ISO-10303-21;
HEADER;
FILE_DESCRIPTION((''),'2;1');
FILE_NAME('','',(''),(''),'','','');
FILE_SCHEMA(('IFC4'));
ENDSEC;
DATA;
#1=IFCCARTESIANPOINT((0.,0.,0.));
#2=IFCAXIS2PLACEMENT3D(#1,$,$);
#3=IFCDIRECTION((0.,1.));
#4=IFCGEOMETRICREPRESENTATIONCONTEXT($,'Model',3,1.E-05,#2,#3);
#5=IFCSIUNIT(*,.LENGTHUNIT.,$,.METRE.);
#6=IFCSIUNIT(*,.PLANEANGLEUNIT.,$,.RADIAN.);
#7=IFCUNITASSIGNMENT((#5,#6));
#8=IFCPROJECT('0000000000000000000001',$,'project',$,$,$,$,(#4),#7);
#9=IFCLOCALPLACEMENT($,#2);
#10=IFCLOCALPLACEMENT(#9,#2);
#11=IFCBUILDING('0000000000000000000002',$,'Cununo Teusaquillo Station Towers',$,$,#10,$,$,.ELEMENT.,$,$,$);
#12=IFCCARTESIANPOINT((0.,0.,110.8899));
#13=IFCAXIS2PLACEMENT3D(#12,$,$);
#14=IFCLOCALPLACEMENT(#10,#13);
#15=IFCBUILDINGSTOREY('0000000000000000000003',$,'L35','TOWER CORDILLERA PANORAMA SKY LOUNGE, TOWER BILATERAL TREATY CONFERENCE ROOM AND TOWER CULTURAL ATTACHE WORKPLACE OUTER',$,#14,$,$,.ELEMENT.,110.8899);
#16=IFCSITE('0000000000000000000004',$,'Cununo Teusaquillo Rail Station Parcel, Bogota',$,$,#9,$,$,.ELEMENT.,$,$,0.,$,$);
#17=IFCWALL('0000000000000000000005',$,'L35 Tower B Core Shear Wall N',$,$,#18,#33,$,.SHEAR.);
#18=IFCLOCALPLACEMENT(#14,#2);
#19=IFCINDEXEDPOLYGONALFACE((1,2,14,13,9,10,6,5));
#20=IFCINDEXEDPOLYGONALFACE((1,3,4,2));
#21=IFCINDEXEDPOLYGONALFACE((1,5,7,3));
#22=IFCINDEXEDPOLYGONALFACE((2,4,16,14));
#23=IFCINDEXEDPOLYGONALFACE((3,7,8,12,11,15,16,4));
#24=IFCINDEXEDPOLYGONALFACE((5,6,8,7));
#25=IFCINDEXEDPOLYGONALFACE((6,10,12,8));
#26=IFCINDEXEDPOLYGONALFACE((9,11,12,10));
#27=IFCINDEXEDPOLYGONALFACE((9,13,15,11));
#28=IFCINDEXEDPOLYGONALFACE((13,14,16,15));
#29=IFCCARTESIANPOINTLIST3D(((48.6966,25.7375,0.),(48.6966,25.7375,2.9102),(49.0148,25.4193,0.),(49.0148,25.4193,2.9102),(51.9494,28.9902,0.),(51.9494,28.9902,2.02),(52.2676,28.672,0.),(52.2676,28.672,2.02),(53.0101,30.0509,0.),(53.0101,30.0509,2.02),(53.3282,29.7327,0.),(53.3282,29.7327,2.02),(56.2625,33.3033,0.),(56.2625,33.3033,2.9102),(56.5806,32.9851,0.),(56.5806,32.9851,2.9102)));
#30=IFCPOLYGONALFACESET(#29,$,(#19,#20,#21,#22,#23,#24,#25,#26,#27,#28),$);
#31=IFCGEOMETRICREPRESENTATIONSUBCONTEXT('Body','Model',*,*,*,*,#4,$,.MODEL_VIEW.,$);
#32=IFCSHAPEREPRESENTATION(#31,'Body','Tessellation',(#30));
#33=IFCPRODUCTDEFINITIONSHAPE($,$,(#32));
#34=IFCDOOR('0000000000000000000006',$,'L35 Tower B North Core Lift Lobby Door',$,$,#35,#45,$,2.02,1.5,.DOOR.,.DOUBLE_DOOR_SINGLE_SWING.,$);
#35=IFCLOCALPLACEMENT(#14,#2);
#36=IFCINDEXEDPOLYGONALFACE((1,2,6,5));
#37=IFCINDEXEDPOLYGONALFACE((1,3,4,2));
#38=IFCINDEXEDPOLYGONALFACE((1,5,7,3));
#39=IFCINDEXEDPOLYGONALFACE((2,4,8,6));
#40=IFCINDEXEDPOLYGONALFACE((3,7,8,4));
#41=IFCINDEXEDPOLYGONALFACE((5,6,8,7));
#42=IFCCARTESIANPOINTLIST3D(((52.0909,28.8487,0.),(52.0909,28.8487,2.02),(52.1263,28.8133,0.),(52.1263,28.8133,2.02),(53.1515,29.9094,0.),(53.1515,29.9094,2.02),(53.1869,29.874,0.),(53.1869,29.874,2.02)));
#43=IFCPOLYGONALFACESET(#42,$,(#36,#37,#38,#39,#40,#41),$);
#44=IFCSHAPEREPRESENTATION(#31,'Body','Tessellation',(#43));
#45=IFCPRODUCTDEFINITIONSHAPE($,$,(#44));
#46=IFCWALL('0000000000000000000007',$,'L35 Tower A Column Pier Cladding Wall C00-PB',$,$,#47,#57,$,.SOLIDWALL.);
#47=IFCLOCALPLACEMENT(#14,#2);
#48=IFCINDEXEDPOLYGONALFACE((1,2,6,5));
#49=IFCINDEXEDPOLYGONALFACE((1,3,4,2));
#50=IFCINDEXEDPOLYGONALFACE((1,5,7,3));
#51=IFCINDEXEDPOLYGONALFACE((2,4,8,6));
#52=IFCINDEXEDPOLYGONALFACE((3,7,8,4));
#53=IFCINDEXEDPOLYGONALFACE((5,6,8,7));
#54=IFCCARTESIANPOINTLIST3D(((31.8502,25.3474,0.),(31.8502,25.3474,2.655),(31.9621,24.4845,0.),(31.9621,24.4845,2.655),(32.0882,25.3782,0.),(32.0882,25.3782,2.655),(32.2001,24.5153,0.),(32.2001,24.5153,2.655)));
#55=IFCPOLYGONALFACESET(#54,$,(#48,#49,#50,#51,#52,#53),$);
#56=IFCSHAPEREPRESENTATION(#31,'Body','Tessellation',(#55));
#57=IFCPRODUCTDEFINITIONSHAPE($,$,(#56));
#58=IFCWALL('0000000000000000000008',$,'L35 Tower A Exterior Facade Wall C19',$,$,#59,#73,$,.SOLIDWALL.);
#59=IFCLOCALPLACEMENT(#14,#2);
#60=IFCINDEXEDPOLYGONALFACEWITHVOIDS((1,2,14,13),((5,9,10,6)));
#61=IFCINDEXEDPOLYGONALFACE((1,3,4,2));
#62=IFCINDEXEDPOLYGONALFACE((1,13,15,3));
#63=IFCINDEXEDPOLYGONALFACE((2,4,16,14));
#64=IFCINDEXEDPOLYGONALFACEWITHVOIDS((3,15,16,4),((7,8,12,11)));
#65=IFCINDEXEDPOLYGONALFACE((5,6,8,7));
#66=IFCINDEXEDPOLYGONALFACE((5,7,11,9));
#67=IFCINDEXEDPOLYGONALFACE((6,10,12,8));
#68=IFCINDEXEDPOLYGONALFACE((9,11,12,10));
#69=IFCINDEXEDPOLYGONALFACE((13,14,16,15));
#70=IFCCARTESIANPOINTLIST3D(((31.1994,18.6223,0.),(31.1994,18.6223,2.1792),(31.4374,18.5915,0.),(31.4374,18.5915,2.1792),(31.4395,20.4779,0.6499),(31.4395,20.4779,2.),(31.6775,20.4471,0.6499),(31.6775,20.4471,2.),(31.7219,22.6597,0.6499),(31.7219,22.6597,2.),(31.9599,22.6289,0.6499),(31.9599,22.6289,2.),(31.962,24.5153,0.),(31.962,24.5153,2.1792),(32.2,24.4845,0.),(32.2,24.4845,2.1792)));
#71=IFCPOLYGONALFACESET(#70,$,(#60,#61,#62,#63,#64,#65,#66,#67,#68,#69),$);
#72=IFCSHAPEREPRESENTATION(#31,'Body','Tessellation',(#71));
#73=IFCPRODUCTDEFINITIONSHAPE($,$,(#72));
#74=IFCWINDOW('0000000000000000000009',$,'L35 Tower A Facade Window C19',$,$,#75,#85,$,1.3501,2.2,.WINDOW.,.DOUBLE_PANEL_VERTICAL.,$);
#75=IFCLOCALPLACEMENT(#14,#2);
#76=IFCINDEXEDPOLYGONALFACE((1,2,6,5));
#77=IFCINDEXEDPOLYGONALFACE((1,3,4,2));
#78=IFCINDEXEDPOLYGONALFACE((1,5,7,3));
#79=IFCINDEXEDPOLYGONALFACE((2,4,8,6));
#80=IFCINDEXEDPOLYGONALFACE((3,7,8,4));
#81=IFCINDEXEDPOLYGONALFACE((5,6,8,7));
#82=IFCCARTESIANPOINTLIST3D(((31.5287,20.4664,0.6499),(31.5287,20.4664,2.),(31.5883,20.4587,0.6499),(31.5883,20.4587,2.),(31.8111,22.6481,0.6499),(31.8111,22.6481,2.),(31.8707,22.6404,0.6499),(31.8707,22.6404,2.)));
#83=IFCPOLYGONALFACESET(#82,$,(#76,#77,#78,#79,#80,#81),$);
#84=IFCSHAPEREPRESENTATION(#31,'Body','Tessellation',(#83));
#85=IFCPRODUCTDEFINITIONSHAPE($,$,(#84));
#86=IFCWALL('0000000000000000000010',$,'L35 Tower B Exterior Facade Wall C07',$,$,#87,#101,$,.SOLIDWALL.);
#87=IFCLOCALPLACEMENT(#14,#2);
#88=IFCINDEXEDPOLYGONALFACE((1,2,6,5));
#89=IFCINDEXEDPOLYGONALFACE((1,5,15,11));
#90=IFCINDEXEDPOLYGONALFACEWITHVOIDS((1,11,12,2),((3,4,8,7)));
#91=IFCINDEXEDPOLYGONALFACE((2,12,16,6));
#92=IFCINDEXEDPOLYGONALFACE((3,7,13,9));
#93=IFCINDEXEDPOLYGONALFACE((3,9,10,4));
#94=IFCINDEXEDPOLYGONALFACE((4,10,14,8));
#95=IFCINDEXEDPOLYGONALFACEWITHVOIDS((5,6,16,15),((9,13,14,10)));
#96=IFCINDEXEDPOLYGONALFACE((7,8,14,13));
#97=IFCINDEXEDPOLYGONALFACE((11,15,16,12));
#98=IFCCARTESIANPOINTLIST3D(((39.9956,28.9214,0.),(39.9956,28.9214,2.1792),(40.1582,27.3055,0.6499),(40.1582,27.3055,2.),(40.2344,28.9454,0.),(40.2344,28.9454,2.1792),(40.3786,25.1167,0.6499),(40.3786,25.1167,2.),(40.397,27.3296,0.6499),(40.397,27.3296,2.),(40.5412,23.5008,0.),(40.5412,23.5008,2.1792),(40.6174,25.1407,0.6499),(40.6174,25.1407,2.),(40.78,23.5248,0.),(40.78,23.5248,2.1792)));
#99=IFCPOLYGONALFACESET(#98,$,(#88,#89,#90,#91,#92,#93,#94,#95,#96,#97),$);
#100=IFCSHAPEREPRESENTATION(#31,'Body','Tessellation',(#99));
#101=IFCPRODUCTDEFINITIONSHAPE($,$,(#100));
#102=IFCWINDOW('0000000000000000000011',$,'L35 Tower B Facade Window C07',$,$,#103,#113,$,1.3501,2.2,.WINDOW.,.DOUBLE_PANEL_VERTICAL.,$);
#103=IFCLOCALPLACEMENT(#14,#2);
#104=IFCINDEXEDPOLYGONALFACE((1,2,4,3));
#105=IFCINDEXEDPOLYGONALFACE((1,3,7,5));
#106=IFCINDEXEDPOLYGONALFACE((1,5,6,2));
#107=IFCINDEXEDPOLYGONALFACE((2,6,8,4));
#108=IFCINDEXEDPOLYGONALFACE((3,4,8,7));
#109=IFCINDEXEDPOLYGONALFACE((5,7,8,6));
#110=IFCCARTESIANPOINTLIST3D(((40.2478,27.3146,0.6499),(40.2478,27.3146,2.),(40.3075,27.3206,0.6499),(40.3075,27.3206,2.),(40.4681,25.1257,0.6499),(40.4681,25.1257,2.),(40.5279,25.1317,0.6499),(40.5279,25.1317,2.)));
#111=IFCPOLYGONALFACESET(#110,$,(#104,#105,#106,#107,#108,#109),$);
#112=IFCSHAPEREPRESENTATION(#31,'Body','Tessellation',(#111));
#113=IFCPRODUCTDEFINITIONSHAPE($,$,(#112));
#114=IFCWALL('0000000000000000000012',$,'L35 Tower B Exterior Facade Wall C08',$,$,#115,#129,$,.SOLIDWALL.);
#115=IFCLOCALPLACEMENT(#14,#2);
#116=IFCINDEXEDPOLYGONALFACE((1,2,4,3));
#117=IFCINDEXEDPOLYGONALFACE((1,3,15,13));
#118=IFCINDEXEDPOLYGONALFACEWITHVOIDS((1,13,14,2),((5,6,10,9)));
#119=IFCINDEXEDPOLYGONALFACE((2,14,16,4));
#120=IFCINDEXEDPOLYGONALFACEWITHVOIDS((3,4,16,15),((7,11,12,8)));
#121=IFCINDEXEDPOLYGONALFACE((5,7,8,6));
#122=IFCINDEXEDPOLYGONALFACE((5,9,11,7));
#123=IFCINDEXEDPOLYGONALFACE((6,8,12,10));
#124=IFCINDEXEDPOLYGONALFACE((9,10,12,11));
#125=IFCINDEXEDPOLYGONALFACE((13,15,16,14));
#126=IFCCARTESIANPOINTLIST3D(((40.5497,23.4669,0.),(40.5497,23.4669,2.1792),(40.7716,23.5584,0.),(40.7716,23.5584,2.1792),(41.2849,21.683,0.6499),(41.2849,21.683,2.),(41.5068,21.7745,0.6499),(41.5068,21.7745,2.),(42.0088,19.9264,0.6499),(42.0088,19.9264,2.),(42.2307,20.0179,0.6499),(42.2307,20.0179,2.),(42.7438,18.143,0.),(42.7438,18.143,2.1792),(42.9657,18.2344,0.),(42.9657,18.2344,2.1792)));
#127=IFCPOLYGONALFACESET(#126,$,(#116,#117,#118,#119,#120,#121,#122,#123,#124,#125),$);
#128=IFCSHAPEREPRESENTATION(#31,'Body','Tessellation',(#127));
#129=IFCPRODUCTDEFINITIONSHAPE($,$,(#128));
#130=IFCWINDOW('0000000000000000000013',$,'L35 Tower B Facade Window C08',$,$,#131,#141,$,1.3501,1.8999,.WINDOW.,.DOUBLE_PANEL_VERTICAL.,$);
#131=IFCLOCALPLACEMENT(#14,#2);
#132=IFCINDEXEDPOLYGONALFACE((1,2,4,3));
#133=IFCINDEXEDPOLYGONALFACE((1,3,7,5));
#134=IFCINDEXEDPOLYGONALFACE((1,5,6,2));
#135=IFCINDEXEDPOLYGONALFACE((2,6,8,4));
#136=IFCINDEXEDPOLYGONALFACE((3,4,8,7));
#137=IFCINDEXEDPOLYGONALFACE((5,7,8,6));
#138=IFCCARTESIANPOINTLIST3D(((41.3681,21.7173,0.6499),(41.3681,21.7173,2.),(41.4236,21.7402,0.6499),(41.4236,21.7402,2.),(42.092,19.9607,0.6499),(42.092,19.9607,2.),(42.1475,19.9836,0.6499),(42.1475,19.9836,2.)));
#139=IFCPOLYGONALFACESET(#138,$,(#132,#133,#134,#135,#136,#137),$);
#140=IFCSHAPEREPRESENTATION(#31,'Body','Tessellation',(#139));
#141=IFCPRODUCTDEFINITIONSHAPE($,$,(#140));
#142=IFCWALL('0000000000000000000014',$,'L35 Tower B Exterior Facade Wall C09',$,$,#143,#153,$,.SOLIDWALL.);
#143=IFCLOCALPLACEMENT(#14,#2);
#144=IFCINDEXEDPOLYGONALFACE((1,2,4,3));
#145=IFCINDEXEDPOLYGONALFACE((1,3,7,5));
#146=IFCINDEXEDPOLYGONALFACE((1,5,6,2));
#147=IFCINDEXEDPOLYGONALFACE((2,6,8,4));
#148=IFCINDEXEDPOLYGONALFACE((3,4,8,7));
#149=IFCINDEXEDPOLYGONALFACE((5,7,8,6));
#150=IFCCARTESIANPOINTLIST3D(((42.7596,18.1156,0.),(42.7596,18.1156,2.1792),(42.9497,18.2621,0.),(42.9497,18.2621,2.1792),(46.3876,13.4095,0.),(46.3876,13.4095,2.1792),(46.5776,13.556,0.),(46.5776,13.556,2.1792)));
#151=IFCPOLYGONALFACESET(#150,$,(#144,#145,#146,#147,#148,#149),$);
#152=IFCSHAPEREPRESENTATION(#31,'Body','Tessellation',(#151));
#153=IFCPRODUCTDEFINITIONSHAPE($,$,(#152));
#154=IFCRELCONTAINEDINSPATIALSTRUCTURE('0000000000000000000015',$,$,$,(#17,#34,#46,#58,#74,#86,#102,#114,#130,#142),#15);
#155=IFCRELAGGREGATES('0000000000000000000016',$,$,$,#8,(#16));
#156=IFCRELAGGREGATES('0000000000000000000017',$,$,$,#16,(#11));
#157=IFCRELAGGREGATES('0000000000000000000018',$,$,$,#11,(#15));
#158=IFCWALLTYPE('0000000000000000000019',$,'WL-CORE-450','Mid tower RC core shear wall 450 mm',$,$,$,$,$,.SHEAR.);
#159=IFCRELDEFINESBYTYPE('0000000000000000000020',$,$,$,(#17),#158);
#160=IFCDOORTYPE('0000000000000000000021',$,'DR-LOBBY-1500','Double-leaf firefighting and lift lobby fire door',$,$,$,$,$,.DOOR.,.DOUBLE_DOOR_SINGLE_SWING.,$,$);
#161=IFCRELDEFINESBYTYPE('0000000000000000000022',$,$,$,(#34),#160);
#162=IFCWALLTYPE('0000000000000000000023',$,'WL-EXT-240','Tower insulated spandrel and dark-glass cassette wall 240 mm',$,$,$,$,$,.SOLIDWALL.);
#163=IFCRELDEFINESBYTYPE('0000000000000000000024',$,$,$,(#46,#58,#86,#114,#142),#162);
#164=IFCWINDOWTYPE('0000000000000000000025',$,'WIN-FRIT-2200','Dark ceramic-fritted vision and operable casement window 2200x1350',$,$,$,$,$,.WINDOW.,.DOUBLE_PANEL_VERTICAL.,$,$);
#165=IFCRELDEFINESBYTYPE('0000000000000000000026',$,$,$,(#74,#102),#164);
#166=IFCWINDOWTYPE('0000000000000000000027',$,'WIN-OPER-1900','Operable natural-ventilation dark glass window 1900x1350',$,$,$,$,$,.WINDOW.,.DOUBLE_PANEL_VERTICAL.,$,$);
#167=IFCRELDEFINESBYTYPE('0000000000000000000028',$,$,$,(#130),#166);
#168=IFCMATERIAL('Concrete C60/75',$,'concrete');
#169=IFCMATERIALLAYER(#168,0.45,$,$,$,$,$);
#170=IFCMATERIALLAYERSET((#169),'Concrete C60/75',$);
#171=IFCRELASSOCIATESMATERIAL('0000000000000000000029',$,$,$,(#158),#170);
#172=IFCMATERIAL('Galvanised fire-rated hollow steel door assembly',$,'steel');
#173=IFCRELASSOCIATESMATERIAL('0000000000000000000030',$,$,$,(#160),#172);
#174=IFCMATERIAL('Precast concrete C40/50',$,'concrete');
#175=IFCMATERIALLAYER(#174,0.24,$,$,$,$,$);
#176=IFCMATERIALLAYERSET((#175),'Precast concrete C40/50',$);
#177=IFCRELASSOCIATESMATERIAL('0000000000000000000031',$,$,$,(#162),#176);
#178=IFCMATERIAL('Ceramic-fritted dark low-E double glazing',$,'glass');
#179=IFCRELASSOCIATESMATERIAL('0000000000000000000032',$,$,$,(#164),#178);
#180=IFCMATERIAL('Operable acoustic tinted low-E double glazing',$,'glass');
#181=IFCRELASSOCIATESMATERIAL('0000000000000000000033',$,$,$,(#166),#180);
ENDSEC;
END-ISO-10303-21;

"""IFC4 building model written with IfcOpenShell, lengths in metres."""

from ifc_helpers import new_model, si_unit, direction, frame, frame_2d, origin, place, context, subcontext, project, spatial, rectangle, extrude, source, transform, mapped, material, layer, layer_set, type_object, element, fill, save


model = new_model("IFC4")

# Units and contexts
model_context = context("Model", 3, precision=1e-05, world=origin(), true_north=direction((0.0, 1.0)))
body_context = subcontext(model_context, "Body", "Model", "MODEL_VIEW")
ifc_project = project(units=[si_unit("LENGTHUNIT", "METRE"), si_unit("PLANEANGLEUNIT", "RADIAN")], contexts=[model_context])

# Site, building, storey
site_placement = place(None, origin())
site = spatial("IfcSite", under=ifc_project, at=site_placement, Name="Cununo Teusaquillo Rail Station Parcel, Bogota", CompositionType="ELEMENT", RefElevation=0.0)
building_placement = place(site_placement, origin())
building = spatial("IfcBuilding", under=site, at=building_placement, Name="Cununo Teusaquillo Station Towers", CompositionType="ELEMENT")
storey_placement = place(building_placement, frame((0.0, 0.0, 110.8899)))
storey = spatial("IfcBuildingStorey", under=building, at=storey_placement, Name="L35", Description="TOWER CORDILLERA PANORAMA SKY LOUNGE, TOWER BILATERAL TREATY CONFERENCE ROOM AND TOWER CULTURAL ATTACHE WORKPLACE OUTER", CompositionType="ELEMENT", Elevation=110.8899)

# Wall, opening, door
ifc_material_1 = material(Name="Concrete C60/75", Category="concrete")
ifc_layer_1 = layer(ifc_material_1, 0.45)
ifc_layer_set_1 = layer_set([ifc_layer_1], Name="Concrete C60/75")
wall_type_1 = type_object("IfcWallType", Name="WL-CORE-450", Description="Mid tower RC core shear wall 450 mm", PredefinedType="SHEAR", material=ifc_layer_set_1)
wall_1_placement = place(storey_placement, frame((48.8557, 25.5784, 0.0), z_axis=(0.0, 0.0, 1.0), x_axis=(0.707107, 0.707107, 0.0)))
wall_1 = element("IfcWall", 1, at=wall_1_placement, inside=storey, type_object=wall_type_1, Name="L35 Tower B Core Shear Wall N", PredefinedType="SHEAR", context=body_context, shape_type="SweptSolid", body=[
    extrude(rectangle(XDim=10.6997, YDim=0.45, at=frame_2d((5.3499, 0.0))), origin(), (0.0, 0.0, 1.0), 2.9102),
])
shared_shape_1 = source(origin(), body_context, "Body", "SweptSolid", [
    extrude(rectangle(XDim=1.5, YDim=2.02, at=frame_2d((0.75, 1.01))), frame((0.0, 0.2349, 0.0), z_axis=(0.0, -1.0, 0.0), x_axis=(1.0, 0.0, 0.0)), (0.0, 0.0, 1.0), 0.47),
])
opening_1_placement = place(wall_1_placement, frame((4.6001, 0.0, 0.0)))
opening_1 = element("IfcOpeningElement", 2, at=opening_1_placement, cuts=wall_1, PredefinedType="OPENING", context=body_context, shape_type="MappedRepresentation", body=[
    mapped(shared_shape_1, transform((0.0, 0.0, 0.0), x_axis=(1.0, 0.0, 0.0), y_axis=(0.0, 1.0, 0.0), z_axis=(0.0, 0.0, 1.0), scale=1.0)),
])
ifc_material_2 = material(Name="Galvanised fire-rated hollow steel door assembly", Category="steel")
door_type_1 = type_object("IfcDoorType", Name="DR-LOBBY-1500", Description="Double-leaf firefighting and lift lobby fire door", OperationType="DOUBLE_DOOR_SINGLE_SWING", PredefinedType="DOOR", material=ifc_material_2)
shared_shape_2 = source(origin(), body_context, "Body", "SweptSolid", [
    extrude(rectangle(XDim=1.5, YDim=2.02, at=frame_2d((0.75, 1.01))), frame((0.0, 0.0249, 0.0), z_axis=(0.0, -1.0, 0.0), x_axis=(1.0, 0.0, 0.0)), (0.0, 0.0, 1.0), 0.05),
])
door_1_placement = place(opening_1_placement, origin())
door_1 = element("IfcDoor", 3, at=door_1_placement, inside=storey, type_object=door_type_1, Name="L35 Tower B North Core Lift Lobby Door", OperationType="DOUBLE_DOOR_SINGLE_SWING", OverallHeight=2.02, OverallWidth=1.5, PredefinedType="DOOR", context=body_context, shape_type="MappedRepresentation", body=[
    mapped(shared_shape_2, transform((0.0, 0.0, 0.0), x_axis=(1.0, 0.0, 0.0), y_axis=(0.0, 1.0, 0.0), z_axis=(0.0, 0.0, 1.0), scale=1.0)),
])
fill(opening_1, door_1)

# Wall
ifc_material_3 = material(Name="Precast concrete C40/50", Category="concrete")
ifc_layer_2 = layer(ifc_material_3, 0.24)
ifc_layer_set_2 = layer_set([ifc_layer_2], Name="Precast concrete C40/50")
wall_type_2 = type_object("IfcWallType", Name="WL-EXT-240", Description="Tower insulated spandrel and dark-glass cassette wall 240 mm", PredefinedType="SOLIDWALL", material=ifc_layer_set_2)
wall_2_placement = place(storey_placement, frame((31.9692, 25.3628, 0.0), z_axis=(0.0, 0.0, 1.0), x_axis=(0.128523, -0.991706, 0.0)))
element("IfcWall", 4, at=wall_2_placement, inside=storey, type_object=wall_type_2, Name="L35 Tower A Column Pier Cladding Wall C00-PB", PredefinedType="SOLIDWALL", context=body_context, shape_type="SweptSolid", body=[
    extrude(rectangle(XDim=0.8701, YDim=0.24, at=frame_2d((0.4351, 0.0))), origin(), (0.0, 0.0, 1.0), 2.655),
])

# Walls, openings, windows
wall_3_placement = place(storey_placement, frame((32.0811, 24.5, 0.0), z_axis=(0.0, 0.0, 1.0), x_axis=(-0.128352, -0.991729, 0.0)))
wall_3 = element("IfcWall", 5, at=wall_3_placement, inside=storey, type_object=wall_type_2, Name="L35 Tower A Exterior Facade Wall C19", PredefinedType="SOLIDWALL", context=body_context, shape_type="SweptSolid", body=[
    extrude(rectangle(XDim=5.9421, YDim=0.24, at=frame_2d((2.9712, 0.0))), origin(), (0.0, 0.0, 1.0), 2.1792),
])
shared_shape_3 = source(origin(), body_context, "Body", "SweptSolid", [
    extrude(rectangle(XDim=2.2, YDim=1.3501, at=frame_2d((1.1001, 0.675))), frame((0.0, 0.1299, 0.0), z_axis=(0.0, -1.0, 0.0), x_axis=(1.0, 0.0, 0.0)), (0.0, 0.0, 1.0), 0.26),
])
opening_2_placement = place(wall_3_placement, frame((1.8711, 0.0, 0.6499)))
opening_2 = element("IfcOpeningElement", 6, at=opening_2_placement, cuts=wall_3, PredefinedType="OPENING", context=body_context, shape_type="MappedRepresentation", body=[
    mapped(shared_shape_3, transform((0.0, 0.0, 0.0), x_axis=(1.0, 0.0, 0.0), y_axis=(0.0, 1.0, 0.0), z_axis=(0.0, 0.0, 1.0), scale=1.0)),
])
ifc_material_4 = material(Name="Ceramic-fritted dark low-E double glazing", Category="glass")
window_type_1 = type_object("IfcWindowType", Name="WIN-FRIT-2200", Description="Dark ceramic-fritted vision and operable casement window 2200x1350", PartitioningType="DOUBLE_PANEL_VERTICAL", PredefinedType="WINDOW", material=ifc_material_4)
shared_shape_4 = source(origin(), body_context, "Body", "SweptSolid", [
    extrude(rectangle(XDim=2.2, YDim=1.3501, at=frame_2d((1.1001, 0.675))), frame((0.0, 0.03, 0.0), z_axis=(0.0, -1.0, 0.0), x_axis=(1.0, 0.0, 0.0)), (0.0, 0.0, 1.0), 0.0601),
])
window_1_placement = place(opening_2_placement, origin())
window_1 = element("IfcWindow", 7, at=window_1_placement, inside=storey, type_object=window_type_1, Name="L35 Tower A Facade Window C19", OverallHeight=1.3501, OverallWidth=2.2, PartitioningType="DOUBLE_PANEL_VERTICAL", PredefinedType="WINDOW", context=body_context, shape_type="MappedRepresentation", body=[
    mapped(shared_shape_4, transform((0.0, 0.0, 0.0), x_axis=(1.0, 0.0, 0.0), y_axis=(0.0, 1.0, 0.0), z_axis=(0.0, 0.0, 1.0), scale=1.0)),
])
fill(opening_2, window_1)
wall_4_placement = place(storey_placement, frame((40.6606, 23.5127, 0.0), z_axis=(0.0, 0.0, 1.0), x_axis=(-0.100156, 0.994972, 0.0)))
wall_4 = element("IfcWall", 8, at=wall_4_placement, inside=storey, type_object=wall_type_2, Name="L35 Tower B Exterior Facade Wall C07", PredefinedType="SOLIDWALL", context=body_context, shape_type="SweptSolid", body=[
    extrude(rectangle(XDim=5.448, YDim=0.24, at=frame_2d((2.7241, 0.0))), origin(), (0.0, 0.0, 1.0), 2.1792),
])
opening_3_placement = place(wall_4_placement, frame((1.624, 0.0, 0.6499)))
opening_3 = element("IfcOpeningElement", 9, at=opening_3_placement, cuts=wall_4, PredefinedType="OPENING", context=body_context, shape_type="MappedRepresentation", body=[
    mapped(shared_shape_3, transform((0.0, 0.0, 0.0), x_axis=(1.0, 0.0, 0.0), y_axis=(0.0, 1.0, 0.0), z_axis=(0.0, 0.0, 1.0), scale=1.0)),
])
window_2_placement = place(opening_3_placement, origin())
window_2 = element("IfcWindow", 10, at=window_2_placement, inside=storey, type_object=window_type_1, Name="L35 Tower B Facade Window C07", OverallHeight=1.3501, OverallWidth=2.2, PartitioningType="DOUBLE_PANEL_VERTICAL", PredefinedType="WINDOW", context=body_context, shape_type="MappedRepresentation", body=[
    mapped(shared_shape_4, transform((0.0, 0.0, 0.0), x_axis=(1.0, 0.0, 0.0), y_axis=(0.0, 1.0, 0.0), z_axis=(0.0, 0.0, 1.0), scale=1.0)),
])
fill(opening_3, window_2)
wall_5_placement = place(storey_placement, frame((42.8547, 18.1887, 0.0), z_axis=(0.0, 0.0, 1.0), x_axis=(-0.381027, 0.924564, 0.0)))
wall_5 = element("IfcWall", 11, at=wall_5_placement, inside=storey, type_object=wall_type_2, Name="L35 Tower B Exterior Facade Wall C08", PredefinedType="SOLIDWALL", context=body_context, shape_type="SweptSolid", body=[
    extrude(rectangle(XDim=5.7583, YDim=0.24, at=frame_2d((2.8792, 0.0))), origin(), (0.0, 0.0, 1.0), 2.1792),
])
shared_shape_5 = source(origin(), body_context, "Body", "SweptSolid", [
    extrude(rectangle(XDim=1.8999, YDim=1.3501, at=frame_2d((0.95, 0.675))), frame((0.0, 0.1299, 0.0), z_axis=(0.0, -1.0, 0.0), x_axis=(1.0, 0.0, 0.0)), (0.0, 0.0, 1.0), 0.26),
])
opening_4_placement = place(wall_5_placement, frame((1.929, 0.0, 0.6499)))
opening_4 = element("IfcOpeningElement", 12, at=opening_4_placement, cuts=wall_5, PredefinedType="OPENING", context=body_context, shape_type="MappedRepresentation", body=[
    mapped(shared_shape_5, transform((0.0, 0.0, 0.0), x_axis=(1.0, 0.0, 0.0), y_axis=(0.0, 1.0, 0.0), z_axis=(0.0, 0.0, 1.0), scale=1.0)),
])
ifc_material_5 = material(Name="Operable acoustic tinted low-E double glazing", Category="glass")
window_type_2 = type_object("IfcWindowType", Name="WIN-OPER-1900", Description="Operable natural-ventilation dark glass window 1900x1350", PartitioningType="DOUBLE_PANEL_VERTICAL", PredefinedType="WINDOW", material=ifc_material_5)
shared_shape_6 = source(origin(), body_context, "Body", "SweptSolid", [
    extrude(rectangle(XDim=1.8999, YDim=1.3501, at=frame_2d((0.95, 0.675))), frame((0.0, 0.03, 0.0), z_axis=(0.0, -1.0, 0.0), x_axis=(1.0, 0.0, 0.0)), (0.0, 0.0, 1.0), 0.0601),
])
window_3_placement = place(opening_4_placement, origin())
window_3 = element("IfcWindow", 13, at=window_3_placement, inside=storey, type_object=window_type_2, Name="L35 Tower B Facade Window C08", OverallHeight=1.3501, OverallWidth=1.8999, PartitioningType="DOUBLE_PANEL_VERTICAL", PredefinedType="WINDOW", context=body_context, shape_type="MappedRepresentation", body=[
    mapped(shared_shape_6, transform((0.0, 0.0, 0.0), x_axis=(1.0, 0.0, 0.0), y_axis=(0.0, 1.0, 0.0), z_axis=(0.0, 0.0, 1.0), scale=1.0)),
])
fill(opening_4, window_3)

# Wall
wall_6_placement = place(storey_placement, frame((46.4827, 13.4827, 0.0), z_axis=(0.0, 0.0, 1.0), x_axis=(-0.610544, 0.791982, 0.0)))
element("IfcWall", 14, at=wall_6_placement, inside=storey, type_object=wall_type_2, Name="L35 Tower B Exterior Facade Wall C09", PredefinedType="SOLIDWALL", context=body_context, shape_type="SweptSolid", body=[
    extrude(rectangle(XDim=5.9421, YDim=0.24, at=frame_2d((2.9712, 0.0))), origin(), (0.0, 0.0, 1.0), 2.1792),
])

save(model, "model.ifc")
